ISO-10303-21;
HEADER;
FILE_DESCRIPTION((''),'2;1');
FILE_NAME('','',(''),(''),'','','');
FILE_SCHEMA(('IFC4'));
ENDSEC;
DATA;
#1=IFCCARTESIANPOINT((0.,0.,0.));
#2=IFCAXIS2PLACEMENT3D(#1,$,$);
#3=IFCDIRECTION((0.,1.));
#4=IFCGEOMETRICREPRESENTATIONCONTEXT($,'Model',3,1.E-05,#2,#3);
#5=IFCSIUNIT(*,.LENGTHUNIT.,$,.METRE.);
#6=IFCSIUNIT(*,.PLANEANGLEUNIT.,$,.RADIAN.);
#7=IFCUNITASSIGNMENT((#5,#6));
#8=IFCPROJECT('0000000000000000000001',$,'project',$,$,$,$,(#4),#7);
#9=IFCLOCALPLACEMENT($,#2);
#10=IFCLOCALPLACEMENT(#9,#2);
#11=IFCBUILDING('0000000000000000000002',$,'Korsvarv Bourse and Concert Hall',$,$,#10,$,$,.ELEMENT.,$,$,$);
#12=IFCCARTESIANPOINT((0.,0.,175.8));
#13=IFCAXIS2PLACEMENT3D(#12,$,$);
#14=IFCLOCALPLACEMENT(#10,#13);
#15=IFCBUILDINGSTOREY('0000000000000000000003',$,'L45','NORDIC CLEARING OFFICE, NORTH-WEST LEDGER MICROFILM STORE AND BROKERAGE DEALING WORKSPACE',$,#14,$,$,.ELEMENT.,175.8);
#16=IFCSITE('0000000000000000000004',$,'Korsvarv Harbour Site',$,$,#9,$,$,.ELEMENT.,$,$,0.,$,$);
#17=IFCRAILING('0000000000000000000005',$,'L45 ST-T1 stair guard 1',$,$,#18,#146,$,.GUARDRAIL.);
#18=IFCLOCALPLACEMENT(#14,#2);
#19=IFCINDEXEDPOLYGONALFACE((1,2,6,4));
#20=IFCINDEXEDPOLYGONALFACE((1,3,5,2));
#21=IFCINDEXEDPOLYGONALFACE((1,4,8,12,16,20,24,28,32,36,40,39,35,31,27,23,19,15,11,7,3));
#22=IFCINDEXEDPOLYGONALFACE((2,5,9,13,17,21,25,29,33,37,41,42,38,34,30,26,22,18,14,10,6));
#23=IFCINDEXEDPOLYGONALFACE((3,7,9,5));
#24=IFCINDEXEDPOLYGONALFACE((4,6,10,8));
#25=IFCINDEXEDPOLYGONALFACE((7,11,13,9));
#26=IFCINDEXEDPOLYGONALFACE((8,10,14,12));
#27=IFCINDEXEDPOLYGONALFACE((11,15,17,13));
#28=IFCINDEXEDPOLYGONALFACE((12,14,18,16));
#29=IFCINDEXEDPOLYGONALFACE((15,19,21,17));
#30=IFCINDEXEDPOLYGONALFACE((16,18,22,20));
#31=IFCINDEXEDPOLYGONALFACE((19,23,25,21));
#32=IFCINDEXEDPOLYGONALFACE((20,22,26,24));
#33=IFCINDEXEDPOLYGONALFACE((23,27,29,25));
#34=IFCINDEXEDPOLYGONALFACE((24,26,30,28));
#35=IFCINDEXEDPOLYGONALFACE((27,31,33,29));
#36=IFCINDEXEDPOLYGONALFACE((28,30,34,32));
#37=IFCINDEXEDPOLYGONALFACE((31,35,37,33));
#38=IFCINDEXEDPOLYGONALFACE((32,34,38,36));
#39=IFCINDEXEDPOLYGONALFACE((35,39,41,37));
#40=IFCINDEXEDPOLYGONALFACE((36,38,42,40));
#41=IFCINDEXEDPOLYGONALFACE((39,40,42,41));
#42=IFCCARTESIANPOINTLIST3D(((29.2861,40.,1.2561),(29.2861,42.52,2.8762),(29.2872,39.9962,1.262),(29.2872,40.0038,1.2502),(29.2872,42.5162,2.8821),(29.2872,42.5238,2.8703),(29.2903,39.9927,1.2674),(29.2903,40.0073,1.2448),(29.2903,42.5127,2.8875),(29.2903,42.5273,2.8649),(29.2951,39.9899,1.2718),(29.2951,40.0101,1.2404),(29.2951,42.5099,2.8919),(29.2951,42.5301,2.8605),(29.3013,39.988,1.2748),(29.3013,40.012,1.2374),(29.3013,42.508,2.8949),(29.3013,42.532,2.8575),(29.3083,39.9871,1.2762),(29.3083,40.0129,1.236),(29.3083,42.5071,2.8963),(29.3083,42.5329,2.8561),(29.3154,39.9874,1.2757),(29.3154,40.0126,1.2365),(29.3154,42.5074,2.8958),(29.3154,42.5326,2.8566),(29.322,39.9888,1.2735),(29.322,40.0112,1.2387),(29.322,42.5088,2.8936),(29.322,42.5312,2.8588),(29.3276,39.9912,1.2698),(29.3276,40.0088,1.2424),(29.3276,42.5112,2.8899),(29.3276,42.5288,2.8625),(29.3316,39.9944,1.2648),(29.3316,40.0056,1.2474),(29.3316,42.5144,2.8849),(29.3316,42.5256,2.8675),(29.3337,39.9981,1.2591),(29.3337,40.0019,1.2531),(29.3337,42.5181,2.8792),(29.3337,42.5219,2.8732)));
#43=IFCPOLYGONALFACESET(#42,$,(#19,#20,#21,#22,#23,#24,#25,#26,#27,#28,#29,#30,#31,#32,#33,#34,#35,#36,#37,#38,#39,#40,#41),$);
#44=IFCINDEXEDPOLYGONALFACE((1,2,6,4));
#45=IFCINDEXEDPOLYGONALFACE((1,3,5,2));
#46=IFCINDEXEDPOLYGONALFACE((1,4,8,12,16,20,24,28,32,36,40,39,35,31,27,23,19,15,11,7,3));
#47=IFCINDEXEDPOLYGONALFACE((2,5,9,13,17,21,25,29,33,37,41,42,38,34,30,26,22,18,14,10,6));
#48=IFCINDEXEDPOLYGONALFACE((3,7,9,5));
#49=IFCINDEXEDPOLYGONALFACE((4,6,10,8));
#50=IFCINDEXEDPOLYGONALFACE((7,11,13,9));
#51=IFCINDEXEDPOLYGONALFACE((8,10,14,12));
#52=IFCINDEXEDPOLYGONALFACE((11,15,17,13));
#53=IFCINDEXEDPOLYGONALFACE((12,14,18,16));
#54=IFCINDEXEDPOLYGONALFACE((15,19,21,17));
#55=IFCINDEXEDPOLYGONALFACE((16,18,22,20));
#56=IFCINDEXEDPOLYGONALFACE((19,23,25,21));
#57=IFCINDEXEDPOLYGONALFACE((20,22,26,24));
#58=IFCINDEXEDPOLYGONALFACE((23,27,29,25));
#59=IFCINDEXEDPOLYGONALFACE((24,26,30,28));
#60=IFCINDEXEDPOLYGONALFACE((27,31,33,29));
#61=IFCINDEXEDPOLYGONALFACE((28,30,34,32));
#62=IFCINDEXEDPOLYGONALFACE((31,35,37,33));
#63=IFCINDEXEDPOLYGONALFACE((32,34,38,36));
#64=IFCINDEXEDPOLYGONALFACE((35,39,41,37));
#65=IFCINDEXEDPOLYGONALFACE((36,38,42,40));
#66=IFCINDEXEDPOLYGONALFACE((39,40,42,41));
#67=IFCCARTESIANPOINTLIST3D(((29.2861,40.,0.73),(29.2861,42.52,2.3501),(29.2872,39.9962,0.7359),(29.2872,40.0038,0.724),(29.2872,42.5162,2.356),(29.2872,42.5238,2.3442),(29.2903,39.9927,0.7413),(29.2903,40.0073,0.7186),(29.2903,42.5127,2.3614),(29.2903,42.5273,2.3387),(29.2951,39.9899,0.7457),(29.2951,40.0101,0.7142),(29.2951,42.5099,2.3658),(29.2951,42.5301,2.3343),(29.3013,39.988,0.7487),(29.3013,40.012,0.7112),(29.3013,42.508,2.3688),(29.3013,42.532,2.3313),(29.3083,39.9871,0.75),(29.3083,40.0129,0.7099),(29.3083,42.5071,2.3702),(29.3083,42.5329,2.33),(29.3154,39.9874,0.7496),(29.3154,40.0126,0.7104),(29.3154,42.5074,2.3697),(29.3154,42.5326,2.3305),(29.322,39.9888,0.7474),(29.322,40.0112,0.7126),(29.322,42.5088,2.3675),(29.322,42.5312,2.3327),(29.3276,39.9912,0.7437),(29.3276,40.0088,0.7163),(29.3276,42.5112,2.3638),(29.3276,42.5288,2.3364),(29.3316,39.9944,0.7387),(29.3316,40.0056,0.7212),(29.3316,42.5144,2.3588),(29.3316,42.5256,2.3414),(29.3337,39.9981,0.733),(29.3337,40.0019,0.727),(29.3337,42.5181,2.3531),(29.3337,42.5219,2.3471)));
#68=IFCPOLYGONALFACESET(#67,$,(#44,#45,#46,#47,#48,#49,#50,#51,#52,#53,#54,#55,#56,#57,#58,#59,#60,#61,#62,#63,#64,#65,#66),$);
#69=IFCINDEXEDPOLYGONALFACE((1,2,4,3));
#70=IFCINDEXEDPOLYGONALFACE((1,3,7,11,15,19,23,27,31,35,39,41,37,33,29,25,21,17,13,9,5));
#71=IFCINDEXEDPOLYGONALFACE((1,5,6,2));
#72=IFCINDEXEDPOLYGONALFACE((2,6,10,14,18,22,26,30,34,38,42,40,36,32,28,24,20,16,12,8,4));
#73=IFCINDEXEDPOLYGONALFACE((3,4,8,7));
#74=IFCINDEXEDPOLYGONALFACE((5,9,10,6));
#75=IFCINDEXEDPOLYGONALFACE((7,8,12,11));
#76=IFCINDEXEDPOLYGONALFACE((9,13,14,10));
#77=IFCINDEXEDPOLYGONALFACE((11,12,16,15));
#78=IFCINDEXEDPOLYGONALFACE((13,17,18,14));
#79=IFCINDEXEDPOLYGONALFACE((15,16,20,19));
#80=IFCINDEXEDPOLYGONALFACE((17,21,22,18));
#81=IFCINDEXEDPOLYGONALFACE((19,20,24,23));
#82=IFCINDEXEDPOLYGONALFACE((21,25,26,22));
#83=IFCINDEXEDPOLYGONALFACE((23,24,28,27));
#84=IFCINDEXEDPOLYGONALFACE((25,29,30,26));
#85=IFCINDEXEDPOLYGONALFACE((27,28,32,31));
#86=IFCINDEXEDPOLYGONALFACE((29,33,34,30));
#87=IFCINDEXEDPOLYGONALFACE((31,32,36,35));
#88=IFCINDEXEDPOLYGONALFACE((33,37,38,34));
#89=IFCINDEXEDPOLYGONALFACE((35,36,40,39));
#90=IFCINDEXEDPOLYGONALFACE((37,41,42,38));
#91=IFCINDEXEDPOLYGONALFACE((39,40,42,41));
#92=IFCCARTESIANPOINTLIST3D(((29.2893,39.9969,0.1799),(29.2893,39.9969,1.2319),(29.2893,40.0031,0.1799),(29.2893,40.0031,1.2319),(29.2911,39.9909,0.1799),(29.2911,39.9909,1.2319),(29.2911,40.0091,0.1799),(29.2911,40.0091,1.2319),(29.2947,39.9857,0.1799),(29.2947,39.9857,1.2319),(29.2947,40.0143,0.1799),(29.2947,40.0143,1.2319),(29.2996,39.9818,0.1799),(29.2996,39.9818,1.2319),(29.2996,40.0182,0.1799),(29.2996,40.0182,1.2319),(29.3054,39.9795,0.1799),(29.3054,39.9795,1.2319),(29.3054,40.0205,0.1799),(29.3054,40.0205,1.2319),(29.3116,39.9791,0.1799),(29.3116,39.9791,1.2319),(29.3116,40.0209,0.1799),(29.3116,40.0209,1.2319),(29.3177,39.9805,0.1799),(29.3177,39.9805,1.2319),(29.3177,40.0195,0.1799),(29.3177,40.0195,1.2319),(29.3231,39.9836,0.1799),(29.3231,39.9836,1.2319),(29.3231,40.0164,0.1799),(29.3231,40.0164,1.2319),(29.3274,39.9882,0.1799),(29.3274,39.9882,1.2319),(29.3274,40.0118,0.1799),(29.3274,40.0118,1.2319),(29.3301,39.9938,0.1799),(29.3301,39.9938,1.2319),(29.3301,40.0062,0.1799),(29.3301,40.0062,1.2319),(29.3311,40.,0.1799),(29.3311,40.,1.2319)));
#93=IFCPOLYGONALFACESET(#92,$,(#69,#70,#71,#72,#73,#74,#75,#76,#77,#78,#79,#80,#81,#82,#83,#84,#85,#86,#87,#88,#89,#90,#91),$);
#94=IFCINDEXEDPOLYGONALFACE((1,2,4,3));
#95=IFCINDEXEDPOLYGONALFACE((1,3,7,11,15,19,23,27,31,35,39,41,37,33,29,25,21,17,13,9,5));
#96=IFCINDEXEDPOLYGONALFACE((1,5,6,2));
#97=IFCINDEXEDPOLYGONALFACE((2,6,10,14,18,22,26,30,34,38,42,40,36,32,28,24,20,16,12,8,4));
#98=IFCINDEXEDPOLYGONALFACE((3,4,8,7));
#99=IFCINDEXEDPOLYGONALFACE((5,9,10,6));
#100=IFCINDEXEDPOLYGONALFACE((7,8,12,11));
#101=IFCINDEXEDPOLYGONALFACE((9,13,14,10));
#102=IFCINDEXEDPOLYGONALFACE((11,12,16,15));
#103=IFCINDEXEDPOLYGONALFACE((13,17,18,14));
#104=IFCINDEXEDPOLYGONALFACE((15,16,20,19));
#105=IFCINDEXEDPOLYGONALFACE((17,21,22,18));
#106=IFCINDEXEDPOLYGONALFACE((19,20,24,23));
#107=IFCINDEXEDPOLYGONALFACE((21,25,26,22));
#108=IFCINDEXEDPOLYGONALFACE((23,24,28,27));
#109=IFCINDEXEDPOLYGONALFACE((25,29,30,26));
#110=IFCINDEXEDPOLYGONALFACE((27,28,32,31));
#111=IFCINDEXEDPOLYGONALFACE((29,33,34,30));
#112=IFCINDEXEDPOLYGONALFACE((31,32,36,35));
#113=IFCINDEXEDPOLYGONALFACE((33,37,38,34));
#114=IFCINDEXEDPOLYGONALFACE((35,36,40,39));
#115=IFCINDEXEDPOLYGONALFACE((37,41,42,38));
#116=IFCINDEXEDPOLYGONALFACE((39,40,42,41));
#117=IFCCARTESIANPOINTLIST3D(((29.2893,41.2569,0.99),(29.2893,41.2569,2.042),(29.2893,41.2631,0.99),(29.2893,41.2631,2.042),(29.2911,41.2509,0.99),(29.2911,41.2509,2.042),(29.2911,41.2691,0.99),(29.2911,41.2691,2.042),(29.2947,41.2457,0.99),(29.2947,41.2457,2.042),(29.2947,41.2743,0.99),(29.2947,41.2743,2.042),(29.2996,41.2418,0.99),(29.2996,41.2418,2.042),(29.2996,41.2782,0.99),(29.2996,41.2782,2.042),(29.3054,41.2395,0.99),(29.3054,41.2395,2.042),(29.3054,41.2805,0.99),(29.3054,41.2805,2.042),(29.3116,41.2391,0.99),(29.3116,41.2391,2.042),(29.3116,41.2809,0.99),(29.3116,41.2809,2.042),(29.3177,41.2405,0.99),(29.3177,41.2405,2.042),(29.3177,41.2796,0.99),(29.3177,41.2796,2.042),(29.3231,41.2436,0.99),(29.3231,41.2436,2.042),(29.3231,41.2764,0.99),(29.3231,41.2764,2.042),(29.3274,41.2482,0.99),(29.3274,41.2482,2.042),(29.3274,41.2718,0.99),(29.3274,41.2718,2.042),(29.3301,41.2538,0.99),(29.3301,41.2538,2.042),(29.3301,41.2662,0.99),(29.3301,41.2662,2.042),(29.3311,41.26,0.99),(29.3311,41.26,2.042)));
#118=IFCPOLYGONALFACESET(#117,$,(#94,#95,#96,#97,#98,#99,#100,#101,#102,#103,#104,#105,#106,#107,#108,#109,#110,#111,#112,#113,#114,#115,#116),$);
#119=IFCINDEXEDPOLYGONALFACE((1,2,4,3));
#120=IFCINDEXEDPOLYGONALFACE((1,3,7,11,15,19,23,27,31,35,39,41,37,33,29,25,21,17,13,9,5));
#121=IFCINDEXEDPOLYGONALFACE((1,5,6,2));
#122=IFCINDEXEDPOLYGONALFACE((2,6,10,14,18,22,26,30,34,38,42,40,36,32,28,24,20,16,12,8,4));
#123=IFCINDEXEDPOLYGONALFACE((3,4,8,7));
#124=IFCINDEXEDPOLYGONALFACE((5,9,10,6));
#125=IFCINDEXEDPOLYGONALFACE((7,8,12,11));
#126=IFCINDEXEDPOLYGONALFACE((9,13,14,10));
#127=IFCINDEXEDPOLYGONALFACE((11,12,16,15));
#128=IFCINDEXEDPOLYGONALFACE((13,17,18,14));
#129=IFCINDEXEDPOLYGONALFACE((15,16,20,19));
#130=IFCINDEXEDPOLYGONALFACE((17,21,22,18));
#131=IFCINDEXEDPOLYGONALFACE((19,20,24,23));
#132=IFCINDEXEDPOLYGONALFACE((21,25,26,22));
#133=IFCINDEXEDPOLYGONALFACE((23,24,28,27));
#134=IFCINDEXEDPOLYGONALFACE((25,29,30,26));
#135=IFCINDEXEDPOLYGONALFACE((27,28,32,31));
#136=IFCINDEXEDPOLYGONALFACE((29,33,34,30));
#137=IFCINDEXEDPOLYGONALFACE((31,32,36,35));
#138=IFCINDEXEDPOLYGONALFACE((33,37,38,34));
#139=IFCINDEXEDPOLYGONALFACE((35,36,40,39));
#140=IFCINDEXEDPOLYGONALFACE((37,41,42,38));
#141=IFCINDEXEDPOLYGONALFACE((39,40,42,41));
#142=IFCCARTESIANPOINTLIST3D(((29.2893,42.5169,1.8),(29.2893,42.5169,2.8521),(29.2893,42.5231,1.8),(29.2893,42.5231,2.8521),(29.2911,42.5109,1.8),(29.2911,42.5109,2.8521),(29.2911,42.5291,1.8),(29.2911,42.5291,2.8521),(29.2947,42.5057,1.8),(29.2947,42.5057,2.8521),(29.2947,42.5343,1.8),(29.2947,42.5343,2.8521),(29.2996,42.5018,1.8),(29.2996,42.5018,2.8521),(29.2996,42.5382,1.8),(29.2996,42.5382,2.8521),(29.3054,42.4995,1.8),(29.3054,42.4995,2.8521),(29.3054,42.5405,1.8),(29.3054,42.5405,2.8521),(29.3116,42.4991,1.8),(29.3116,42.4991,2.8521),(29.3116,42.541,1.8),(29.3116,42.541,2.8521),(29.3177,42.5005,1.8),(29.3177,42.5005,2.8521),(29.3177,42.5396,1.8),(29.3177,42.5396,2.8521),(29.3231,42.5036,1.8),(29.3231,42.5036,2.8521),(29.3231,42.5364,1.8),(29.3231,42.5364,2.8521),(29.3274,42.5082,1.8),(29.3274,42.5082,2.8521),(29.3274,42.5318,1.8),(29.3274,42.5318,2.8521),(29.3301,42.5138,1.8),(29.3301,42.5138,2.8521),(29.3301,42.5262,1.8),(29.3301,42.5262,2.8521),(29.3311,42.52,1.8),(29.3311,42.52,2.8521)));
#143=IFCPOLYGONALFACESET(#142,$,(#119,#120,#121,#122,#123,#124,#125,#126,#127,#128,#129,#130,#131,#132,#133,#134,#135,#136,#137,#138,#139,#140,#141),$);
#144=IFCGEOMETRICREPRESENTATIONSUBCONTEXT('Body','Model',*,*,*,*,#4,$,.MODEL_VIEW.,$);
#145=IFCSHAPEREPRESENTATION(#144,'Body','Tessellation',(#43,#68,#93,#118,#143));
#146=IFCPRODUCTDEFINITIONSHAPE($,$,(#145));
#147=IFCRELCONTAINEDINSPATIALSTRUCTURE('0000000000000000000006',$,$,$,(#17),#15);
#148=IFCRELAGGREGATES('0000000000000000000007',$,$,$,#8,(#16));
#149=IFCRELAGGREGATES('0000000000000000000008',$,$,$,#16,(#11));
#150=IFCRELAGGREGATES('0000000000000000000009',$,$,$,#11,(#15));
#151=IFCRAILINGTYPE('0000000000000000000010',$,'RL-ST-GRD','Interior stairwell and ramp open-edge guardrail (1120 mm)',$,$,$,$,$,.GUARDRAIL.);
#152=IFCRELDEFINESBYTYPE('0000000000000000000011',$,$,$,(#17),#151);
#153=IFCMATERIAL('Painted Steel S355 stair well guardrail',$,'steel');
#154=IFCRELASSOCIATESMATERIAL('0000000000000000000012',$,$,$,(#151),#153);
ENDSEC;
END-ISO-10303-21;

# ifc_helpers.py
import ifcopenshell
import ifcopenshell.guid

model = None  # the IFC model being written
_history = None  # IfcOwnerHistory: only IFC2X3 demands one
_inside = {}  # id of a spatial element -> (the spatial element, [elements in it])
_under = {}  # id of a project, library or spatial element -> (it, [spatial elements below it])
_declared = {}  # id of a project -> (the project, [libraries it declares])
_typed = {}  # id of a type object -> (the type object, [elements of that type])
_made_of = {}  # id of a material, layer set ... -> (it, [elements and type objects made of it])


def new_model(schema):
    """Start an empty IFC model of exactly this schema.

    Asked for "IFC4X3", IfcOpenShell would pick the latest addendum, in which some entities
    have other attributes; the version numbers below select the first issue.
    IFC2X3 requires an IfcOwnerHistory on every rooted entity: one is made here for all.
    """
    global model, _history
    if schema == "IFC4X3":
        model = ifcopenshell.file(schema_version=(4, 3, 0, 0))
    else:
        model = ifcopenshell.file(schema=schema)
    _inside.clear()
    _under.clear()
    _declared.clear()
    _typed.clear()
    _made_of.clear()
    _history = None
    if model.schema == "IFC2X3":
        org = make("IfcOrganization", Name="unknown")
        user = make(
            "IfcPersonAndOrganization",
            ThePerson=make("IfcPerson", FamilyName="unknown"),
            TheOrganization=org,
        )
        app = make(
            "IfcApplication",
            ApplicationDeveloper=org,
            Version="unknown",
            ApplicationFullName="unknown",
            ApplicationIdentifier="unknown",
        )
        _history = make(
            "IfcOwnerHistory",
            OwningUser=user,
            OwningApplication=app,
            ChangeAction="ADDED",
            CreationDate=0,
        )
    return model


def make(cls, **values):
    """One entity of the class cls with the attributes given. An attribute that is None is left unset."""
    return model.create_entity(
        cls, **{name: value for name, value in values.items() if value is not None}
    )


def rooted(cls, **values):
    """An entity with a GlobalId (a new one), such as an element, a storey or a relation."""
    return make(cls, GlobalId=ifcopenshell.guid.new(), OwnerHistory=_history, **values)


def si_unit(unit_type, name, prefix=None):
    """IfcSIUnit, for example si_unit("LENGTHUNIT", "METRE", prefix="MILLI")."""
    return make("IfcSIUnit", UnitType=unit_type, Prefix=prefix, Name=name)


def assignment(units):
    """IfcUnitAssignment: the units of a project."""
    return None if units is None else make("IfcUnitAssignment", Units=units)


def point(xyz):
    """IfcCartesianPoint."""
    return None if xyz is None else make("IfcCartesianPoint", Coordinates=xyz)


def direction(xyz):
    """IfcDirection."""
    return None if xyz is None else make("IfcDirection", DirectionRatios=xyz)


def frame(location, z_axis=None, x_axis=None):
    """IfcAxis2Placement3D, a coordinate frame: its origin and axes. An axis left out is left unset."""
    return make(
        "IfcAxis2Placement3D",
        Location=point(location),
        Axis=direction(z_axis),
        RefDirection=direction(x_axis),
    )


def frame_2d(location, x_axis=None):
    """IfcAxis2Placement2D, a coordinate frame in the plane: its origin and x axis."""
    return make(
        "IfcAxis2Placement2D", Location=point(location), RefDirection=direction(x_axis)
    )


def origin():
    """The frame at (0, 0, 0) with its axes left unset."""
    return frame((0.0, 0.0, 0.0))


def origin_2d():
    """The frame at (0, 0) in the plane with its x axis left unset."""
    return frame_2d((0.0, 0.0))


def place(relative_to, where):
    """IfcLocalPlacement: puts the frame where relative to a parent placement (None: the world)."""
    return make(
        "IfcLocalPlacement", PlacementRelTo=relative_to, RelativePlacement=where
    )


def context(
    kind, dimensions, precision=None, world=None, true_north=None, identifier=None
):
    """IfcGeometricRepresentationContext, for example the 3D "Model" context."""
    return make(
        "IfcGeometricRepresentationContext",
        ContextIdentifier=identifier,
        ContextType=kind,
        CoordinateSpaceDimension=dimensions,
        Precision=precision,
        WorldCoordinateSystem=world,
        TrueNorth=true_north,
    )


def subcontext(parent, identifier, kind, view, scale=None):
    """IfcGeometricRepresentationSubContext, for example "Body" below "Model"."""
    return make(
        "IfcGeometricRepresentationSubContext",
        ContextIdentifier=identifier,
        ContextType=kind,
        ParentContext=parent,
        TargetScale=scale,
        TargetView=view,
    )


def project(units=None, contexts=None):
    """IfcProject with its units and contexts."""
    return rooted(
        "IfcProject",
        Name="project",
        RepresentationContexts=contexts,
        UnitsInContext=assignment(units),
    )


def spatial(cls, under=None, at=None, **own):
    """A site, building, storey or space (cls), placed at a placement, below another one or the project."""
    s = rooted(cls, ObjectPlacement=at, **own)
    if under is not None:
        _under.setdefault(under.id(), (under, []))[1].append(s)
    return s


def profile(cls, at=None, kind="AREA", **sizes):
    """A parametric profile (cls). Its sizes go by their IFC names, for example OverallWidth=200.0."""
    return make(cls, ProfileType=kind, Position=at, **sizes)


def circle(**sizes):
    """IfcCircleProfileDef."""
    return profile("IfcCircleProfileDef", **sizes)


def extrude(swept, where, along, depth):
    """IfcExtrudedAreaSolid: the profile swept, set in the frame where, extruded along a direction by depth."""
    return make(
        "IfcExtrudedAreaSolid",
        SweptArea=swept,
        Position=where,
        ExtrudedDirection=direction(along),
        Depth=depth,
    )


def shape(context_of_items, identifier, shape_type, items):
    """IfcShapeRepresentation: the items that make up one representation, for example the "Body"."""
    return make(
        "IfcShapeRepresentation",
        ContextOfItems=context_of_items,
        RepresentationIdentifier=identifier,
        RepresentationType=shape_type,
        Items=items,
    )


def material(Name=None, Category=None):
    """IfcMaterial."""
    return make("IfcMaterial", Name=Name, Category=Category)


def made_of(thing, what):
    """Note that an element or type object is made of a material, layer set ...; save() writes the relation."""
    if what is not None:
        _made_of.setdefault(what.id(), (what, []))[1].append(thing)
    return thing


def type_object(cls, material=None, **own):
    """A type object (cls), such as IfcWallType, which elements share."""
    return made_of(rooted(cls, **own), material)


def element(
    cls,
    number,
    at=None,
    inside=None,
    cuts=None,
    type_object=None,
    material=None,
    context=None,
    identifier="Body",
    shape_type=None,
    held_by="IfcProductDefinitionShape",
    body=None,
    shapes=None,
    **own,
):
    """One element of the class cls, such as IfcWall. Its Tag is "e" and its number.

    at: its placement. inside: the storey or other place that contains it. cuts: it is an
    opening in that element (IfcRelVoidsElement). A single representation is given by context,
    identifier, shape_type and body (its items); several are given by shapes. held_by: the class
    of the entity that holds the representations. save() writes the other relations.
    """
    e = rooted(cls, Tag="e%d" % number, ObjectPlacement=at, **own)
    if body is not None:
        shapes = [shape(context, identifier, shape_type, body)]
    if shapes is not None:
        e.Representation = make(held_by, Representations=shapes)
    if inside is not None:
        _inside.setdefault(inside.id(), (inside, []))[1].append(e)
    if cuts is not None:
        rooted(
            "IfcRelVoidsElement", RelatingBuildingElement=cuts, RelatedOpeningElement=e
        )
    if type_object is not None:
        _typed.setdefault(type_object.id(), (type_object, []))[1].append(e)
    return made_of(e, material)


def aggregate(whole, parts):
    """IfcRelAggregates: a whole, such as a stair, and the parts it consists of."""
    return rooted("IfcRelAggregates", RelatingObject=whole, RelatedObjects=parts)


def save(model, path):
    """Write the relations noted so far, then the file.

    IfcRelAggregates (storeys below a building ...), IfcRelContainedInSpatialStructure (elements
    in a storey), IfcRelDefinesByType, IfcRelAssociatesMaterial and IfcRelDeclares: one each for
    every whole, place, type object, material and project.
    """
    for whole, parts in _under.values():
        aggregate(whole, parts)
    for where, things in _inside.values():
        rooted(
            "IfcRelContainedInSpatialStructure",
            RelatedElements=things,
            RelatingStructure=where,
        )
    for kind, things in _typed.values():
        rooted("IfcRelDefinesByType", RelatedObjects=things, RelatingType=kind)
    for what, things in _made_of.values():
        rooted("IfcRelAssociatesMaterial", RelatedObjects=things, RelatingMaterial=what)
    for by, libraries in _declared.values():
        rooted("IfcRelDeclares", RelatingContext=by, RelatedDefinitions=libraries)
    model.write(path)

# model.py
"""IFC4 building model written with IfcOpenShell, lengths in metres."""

from ifc_helpers import new_model, si_unit, direction, frame, origin, origin_2d, place, context, subcontext, project, spatial, circle, extrude, material, type_object, element, save


model = new_model("IFC4")

# Units and contexts
model_context = context("Model", 3, precision=1e-05, world=origin(), true_north=direction((0.0, 1.0)))
body_context = subcontext(model_context, "Body", "Model", "MODEL_VIEW")
ifc_project = project(units=[si_unit("LENGTHUNIT", "METRE"), si_unit("PLANEANGLEUNIT", "RADIAN")], contexts=[model_context])

# Site, building, storey
site_placement = place(None, origin())
site = spatial("IfcSite", under=ifc_project, at=site_placement, Name="Korsvarv Harbour Site", CompositionType="ELEMENT", RefElevation=0.0)
building_placement = place(site_placement, origin())
building = spatial("IfcBuilding", under=site, at=building_placement, Name="Korsvarv Bourse and Concert Hall", CompositionType="ELEMENT")
storey_placement = place(building_placement, frame((0.0, 0.0, 175.8)))
storey = spatial("IfcBuildingStorey", under=building, at=storey_placement, Name="L45", Description="NORDIC CLEARING OFFICE, NORTH-WEST LEDGER MICROFILM STORE AND BROKERAGE DEALING WORKSPACE", CompositionType="ELEMENT", Elevation=175.8)

# Railing
ifc_material_1 = material(Name="Painted Steel S355 stair well guardrail", Category="steel")
railing_type_1 = type_object("IfcRailingType", Name="RL-ST-GRD", Description="Interior stairwell and ramp open-edge guardrail (1120 mm)", PredefinedType="GUARDRAIL", material=ifc_material_1)
railing_1_placement = place(storey_placement, frame((29.3101, 40.0, 0.1799)))
element("IfcRailing", 1, at=railing_1_placement, inside=storey, type_object=railing_type_1, Name="L45 ST-T1 stair guard 1", PredefinedType="GUARDRAIL", context=body_context, shape_type="SweptSolid", body=[
    extrude(circle(Radius=0.0239, at=origin_2d()), frame((0.0, 0.0, 1.0762), z_axis=(0.0, 0.841163, 0.540782), x_axis=(-1.0, 0.0, 0.0)), (0.0, 0.0, 1.0), 2.9958),
    extrude(circle(Radius=0.0239, at=origin_2d()), frame((0.0, 0.0, 0.55), z_axis=(0.0, 0.841163, 0.540782), x_axis=(-1.0, 0.0, 0.0)), (0.0, 0.0, 1.0), 2.9958),
    extrude(circle(Radius=0.021, at=origin_2d()), origin(), (0.0, 0.0, 1.0), 1.052),
    extrude(circle(Radius=0.021, at=origin_2d()), frame((0.0, 1.26, 0.8101)), (0.0, 0.0, 1.0), 1.052),
    extrude(circle(Radius=0.021, at=origin_2d()), frame((0.0, 2.52, 1.6201)), (0.0, 0.0, 1.0), 1.052),
])

save(model, "model.ifc")
